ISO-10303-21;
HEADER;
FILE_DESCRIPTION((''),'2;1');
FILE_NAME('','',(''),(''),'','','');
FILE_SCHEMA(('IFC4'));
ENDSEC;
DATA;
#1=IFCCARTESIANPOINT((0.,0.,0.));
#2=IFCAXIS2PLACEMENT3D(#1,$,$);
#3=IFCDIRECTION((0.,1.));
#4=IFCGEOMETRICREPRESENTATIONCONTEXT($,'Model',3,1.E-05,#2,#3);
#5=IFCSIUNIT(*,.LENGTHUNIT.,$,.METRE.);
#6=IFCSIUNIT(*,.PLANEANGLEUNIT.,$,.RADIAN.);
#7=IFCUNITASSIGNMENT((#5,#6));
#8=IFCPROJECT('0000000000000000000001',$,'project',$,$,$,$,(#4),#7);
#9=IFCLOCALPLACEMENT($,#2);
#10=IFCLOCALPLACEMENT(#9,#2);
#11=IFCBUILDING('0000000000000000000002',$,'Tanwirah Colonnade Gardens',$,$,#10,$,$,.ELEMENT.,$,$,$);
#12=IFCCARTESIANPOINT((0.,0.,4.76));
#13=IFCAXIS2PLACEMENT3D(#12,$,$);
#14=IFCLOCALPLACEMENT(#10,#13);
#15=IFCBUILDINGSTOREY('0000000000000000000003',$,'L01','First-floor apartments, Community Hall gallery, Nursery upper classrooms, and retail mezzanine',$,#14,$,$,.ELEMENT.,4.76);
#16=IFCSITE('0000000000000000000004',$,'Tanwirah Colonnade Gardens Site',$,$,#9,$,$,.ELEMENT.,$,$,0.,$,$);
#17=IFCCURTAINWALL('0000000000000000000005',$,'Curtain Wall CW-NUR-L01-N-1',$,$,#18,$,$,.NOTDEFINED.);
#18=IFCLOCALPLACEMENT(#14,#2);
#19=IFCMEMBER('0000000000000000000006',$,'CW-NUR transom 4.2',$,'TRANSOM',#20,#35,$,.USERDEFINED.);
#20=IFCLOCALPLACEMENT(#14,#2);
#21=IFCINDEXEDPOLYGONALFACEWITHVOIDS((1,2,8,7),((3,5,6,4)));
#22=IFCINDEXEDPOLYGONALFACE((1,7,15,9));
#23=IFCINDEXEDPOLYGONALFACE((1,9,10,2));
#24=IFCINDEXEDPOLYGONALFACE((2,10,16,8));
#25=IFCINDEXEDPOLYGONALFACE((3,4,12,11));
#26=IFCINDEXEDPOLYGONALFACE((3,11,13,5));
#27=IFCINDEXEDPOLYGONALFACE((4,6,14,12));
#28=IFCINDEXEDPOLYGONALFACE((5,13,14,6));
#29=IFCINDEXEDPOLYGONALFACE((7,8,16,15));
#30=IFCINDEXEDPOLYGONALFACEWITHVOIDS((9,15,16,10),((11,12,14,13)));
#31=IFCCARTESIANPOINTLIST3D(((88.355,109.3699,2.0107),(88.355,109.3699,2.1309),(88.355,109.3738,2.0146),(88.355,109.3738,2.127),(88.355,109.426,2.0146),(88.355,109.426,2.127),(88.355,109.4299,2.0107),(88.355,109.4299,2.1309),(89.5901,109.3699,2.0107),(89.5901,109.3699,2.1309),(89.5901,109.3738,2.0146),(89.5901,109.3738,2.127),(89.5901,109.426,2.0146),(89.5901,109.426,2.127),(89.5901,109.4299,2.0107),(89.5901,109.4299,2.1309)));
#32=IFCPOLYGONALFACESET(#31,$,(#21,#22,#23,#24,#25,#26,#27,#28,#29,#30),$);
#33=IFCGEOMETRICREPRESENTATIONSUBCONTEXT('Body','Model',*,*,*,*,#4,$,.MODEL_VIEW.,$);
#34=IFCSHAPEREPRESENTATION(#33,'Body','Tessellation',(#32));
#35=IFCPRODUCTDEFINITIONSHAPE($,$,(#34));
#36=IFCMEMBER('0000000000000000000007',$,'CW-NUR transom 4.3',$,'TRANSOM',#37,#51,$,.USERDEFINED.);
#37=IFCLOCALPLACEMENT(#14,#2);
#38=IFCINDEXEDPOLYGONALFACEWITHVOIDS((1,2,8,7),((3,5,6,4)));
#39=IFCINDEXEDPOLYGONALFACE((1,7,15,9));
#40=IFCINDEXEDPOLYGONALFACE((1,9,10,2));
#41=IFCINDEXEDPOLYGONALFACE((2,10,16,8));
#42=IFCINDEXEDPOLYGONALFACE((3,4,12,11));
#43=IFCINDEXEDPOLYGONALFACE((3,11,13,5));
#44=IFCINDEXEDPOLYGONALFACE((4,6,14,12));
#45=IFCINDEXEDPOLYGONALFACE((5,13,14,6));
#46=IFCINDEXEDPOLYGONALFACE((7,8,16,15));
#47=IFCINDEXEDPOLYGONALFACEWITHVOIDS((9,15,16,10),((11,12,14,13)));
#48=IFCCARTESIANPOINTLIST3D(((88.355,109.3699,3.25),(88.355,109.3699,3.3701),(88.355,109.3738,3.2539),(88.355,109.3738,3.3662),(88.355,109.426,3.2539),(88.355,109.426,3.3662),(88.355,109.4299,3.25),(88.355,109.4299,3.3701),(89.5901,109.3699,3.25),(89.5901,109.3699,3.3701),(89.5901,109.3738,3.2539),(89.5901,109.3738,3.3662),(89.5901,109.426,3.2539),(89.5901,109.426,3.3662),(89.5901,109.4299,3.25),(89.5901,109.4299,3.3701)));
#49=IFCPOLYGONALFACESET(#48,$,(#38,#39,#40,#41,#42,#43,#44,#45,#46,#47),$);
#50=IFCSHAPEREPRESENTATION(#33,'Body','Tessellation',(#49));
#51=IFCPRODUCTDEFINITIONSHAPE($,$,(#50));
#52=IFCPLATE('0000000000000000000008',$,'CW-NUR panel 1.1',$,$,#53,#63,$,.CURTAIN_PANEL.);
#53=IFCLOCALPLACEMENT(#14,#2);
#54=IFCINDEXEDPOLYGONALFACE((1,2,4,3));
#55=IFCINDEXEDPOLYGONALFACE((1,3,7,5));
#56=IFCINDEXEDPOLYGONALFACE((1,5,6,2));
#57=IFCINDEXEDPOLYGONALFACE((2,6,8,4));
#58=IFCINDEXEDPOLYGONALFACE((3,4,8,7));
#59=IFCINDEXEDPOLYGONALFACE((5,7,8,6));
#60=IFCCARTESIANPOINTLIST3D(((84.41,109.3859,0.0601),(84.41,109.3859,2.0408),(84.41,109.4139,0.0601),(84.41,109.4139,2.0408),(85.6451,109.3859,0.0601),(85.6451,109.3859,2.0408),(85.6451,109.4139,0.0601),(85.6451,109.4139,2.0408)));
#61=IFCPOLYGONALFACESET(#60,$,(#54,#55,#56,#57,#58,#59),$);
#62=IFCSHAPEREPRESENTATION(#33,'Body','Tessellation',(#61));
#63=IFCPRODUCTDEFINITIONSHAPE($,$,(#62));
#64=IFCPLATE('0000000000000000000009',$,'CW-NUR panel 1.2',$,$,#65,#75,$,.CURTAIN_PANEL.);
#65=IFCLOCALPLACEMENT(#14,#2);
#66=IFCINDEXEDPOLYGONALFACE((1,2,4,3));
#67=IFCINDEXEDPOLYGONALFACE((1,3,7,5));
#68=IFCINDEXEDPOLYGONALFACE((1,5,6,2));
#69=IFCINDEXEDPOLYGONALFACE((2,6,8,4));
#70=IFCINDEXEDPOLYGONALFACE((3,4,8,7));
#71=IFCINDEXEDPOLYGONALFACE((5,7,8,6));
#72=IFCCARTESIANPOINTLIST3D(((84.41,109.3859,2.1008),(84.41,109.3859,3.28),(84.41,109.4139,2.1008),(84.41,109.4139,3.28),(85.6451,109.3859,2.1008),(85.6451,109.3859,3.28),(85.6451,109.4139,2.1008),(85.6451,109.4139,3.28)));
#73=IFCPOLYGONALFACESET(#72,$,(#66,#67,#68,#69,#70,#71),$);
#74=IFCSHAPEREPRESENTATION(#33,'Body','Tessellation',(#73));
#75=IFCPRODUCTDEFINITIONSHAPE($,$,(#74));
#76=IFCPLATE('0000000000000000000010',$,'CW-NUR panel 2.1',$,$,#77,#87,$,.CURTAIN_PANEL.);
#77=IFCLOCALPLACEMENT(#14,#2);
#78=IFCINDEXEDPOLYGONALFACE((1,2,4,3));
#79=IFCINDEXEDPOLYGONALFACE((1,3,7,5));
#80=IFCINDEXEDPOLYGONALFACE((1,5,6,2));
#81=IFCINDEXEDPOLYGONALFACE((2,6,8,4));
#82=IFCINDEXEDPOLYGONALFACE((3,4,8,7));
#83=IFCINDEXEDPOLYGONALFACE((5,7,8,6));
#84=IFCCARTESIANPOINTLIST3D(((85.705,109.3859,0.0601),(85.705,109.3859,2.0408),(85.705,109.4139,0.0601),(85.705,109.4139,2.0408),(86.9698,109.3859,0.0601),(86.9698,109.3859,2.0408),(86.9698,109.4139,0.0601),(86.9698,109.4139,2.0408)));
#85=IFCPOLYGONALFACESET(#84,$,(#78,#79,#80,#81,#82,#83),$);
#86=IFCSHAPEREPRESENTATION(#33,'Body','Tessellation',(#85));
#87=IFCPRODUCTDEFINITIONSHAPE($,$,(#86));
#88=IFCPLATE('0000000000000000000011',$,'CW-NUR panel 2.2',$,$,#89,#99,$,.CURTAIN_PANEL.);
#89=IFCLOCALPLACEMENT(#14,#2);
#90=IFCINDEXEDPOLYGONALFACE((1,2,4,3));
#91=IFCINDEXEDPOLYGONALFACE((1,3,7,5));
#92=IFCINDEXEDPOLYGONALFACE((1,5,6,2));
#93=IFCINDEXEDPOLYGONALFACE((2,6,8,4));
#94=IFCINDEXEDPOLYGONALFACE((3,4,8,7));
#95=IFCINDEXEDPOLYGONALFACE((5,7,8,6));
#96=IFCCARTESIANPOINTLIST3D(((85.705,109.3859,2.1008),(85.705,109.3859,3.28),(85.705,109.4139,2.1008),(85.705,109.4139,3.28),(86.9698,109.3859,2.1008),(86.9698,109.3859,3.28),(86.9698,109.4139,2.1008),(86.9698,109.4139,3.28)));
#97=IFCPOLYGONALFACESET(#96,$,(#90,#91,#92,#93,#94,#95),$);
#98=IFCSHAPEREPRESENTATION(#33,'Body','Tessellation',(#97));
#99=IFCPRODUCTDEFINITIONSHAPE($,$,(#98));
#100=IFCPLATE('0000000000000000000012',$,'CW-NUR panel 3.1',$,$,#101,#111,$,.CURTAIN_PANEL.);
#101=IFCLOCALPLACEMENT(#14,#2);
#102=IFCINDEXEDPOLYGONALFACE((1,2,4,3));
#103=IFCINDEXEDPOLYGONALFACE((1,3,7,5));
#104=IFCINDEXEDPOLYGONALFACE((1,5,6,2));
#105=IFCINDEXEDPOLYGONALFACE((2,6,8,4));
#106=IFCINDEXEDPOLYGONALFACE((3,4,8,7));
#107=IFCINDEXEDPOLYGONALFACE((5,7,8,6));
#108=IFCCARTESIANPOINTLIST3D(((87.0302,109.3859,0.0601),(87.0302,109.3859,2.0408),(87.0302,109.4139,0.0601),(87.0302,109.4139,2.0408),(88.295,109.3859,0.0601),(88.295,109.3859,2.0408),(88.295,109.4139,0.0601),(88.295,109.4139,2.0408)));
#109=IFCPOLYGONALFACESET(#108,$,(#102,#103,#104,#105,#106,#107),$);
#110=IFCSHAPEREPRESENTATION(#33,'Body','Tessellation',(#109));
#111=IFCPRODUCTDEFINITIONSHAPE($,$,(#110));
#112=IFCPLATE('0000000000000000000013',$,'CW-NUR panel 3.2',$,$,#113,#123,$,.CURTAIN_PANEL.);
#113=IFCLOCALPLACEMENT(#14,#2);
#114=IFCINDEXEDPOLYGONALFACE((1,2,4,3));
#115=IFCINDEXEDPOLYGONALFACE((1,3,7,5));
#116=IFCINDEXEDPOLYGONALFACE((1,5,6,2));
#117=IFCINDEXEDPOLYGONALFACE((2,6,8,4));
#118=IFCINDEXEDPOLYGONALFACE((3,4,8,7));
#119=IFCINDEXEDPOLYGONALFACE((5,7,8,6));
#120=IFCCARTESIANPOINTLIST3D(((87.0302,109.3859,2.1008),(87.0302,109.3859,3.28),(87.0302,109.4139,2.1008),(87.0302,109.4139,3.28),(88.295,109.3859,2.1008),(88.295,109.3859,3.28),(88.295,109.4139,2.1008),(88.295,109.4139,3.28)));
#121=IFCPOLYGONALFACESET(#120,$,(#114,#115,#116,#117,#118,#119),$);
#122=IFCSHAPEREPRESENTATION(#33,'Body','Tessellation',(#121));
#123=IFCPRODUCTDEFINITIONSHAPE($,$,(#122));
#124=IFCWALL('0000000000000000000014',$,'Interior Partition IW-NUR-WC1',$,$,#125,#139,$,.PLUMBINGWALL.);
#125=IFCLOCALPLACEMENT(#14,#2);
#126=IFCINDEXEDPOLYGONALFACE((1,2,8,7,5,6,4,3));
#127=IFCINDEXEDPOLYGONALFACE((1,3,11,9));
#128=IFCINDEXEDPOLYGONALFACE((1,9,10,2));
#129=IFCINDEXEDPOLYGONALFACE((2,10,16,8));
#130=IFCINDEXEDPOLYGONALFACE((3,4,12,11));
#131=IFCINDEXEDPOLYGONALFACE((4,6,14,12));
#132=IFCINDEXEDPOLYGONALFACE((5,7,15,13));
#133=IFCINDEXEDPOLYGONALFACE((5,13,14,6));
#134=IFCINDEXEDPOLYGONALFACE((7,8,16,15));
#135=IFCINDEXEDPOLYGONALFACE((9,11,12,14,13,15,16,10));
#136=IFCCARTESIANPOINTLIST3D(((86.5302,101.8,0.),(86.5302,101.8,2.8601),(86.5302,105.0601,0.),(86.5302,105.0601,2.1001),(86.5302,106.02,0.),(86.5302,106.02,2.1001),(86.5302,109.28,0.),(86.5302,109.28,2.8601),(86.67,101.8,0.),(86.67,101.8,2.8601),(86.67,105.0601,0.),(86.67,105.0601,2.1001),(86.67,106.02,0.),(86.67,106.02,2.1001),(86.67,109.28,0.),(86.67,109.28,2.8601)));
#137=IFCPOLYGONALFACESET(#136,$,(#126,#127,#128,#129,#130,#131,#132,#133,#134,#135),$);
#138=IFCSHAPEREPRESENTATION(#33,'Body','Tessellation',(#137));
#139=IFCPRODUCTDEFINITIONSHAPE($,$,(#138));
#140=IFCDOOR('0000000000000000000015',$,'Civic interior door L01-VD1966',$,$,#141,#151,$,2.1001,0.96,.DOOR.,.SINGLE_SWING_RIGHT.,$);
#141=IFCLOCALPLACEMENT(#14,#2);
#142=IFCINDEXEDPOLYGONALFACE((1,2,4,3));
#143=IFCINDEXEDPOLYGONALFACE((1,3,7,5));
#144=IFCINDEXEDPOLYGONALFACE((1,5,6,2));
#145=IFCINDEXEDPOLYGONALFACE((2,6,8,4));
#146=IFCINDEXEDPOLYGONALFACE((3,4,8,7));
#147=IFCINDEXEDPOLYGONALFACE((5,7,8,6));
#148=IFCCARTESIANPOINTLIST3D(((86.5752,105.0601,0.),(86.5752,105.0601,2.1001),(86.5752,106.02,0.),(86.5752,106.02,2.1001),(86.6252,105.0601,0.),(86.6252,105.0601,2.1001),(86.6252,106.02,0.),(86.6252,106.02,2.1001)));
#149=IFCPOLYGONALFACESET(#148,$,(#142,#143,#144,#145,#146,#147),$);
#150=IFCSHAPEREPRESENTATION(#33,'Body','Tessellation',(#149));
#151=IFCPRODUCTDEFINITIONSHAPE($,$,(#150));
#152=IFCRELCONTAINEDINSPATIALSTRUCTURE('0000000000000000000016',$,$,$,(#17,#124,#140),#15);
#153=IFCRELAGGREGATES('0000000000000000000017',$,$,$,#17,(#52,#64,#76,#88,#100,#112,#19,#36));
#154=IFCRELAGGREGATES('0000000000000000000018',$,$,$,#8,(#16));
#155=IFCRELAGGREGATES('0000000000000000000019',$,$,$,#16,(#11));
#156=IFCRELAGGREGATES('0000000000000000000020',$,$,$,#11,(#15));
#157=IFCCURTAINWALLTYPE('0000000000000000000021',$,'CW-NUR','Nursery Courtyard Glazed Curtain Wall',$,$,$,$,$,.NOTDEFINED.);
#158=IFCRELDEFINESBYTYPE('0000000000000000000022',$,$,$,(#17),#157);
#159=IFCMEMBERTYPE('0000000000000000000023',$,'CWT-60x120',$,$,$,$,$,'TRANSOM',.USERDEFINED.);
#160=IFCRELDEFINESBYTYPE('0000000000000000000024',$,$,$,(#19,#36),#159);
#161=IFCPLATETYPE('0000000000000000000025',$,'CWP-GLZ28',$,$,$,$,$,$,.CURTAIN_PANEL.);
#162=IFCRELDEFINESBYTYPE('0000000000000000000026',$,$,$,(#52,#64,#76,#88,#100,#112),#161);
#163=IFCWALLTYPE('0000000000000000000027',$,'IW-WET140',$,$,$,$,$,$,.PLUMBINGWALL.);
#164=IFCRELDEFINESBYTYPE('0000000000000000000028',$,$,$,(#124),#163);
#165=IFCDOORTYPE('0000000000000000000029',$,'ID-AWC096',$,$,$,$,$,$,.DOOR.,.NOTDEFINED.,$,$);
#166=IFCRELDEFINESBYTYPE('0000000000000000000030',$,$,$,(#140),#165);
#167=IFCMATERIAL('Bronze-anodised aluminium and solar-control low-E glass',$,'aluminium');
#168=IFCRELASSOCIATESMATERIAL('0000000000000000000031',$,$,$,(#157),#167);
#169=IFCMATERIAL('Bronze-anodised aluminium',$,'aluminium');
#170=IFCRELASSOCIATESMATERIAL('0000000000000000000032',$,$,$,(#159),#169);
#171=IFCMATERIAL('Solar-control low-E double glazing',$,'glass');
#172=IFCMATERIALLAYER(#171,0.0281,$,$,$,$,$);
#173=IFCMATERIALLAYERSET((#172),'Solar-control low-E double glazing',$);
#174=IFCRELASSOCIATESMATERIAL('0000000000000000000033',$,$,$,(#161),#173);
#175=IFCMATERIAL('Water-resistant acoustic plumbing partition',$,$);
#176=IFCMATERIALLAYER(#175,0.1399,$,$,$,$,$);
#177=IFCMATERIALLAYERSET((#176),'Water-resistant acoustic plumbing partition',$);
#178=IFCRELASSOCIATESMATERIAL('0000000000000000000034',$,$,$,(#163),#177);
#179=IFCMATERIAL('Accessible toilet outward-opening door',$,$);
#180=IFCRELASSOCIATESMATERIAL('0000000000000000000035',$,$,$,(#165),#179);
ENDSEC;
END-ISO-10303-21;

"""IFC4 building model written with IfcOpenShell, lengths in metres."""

from ifc_helpers import new_model, si_unit, direction, frame, frame_2d, origin, origin_2d, place, context, subcontext, project, spatial, rectangle, hollow_rectangle, extrude, material, layer, layer_set, material_profile, profile_set, type_object, element, fill, aggregate, save


model = new_model("IFC4")

# Units and contexts
model_context = context("Model", 3, precision=1e-05, world=origin(), true_north=direction((0.0, 1.0)))
body_context = subcontext(model_context, "Body", "Model", "MODEL_VIEW")
ifc_project = project(units=[si_unit("LENGTHUNIT", "METRE"), si_unit("PLANEANGLEUNIT", "RADIAN")], contexts=[model_context])

# Site, building, storey
site_placement = place(None, origin())
site = spatial("IfcSite", under=ifc_project, at=site_placement, Name="Tanwirah Colonnade Gardens Site", CompositionType="ELEMENT", RefElevation=0.0)
building_placement = place(site_placement, origin())
building = spatial("IfcBuilding", under=site, at=building_placement, Name="Tanwirah Colonnade Gardens", CompositionType="ELEMENT")
storey_placement = place(building_placement, frame((0.0, 0.0, 4.76)))
storey = spatial("IfcBuildingStorey", under=building, at=storey_placement, Name="L01", Description="First-floor apartments, Community Hall gallery, Nursery upper classrooms, and retail mezzanine", CompositionType="ELEMENT", Elevation=4.76)

# Curtain wall, members, plates
ifc_material_1 = material(Name="Bronze-anodised aluminium and solar-control low-E glass", Category="aluminium")
curtain_wall_type = type_object("IfcCurtainWallType", Name="CW-NUR", Description="Nursery Courtyard Glazed Curtain Wall", PredefinedType="NOTDEFINED", material=ifc_material_1)
curtain_wall_placement = place(storey_placement, origin())
curtain_wall = element("IfcCurtainWall", 1, at=curtain_wall_placement, inside=storey, type_object=curtain_wall_type, Name="Curtain Wall CW-NUR-L01-N-1", PredefinedType="NOTDEFINED")
ifc_material_2 = material(Name="Bronze-anodised aluminium", Category="aluminium")
ifc_material_profile_1 = material_profile(ifc_material_2, hollow_rectangle(XDim=0.0601, YDim=0.1201, WallThickness=0.0039, at=origin_2d()), Name="CW-TRN 60x120x4")
ifc_profile_set_1 = profile_set([ifc_material_profile_1], Name="Bronze-anodised aluminium")
member_type_1 = type_object("IfcMemberType", Name="CWT-60x120", ElementType="TRANSOM", PredefinedType="USERDEFINED", material=ifc_profile_set_1)
member_1_placement = place(storey_placement, frame((88.355, 109.3999, 2.0708), z_axis=(1.0, 0.0, 0.0), x_axis=(0.0, 1.0, 0.0)))
member_1 = element("IfcMember", 2, at=member_1_placement, type_object=member_type_1, Name="CW-NUR transom 4.2", ObjectType="TRANSOM", PredefinedType="USERDEFINED", context=body_context, shape_type="SweptSolid", body=[
    extrude(hollow_rectangle(XDim=0.0601, YDim=0.1201, WallThickness=0.0039, at=origin_2d()), origin(), (0.0, 0.0, 1.0), 1.2351),
])
member_2_placement = place(storey_placement, frame((88.355, 109.3999, 3.3101), z_axis=(1.0, 0.0, 0.0), x_axis=(0.0, 1.0, 0.0)))
member_2 = element("IfcMember", 3, at=member_2_placement, type_object=member_type_1, Name="CW-NUR transom 4.3", ObjectType="TRANSOM", PredefinedType="USERDEFINED", context=body_context, shape_type="SweptSolid", body=[
    extrude(hollow_rectangle(XDim=0.0601, YDim=0.1201, WallThickness=0.0039, at=origin_2d()), origin(), (0.0, 0.0, 1.0), 1.2351),
])
ifc_material_3 = material(Name="Solar-control low-E double glazing", Category="glass")
ifc_layer_1 = layer(ifc_material_3, 0.0281)
ifc_layer_set_1 = layer_set([ifc_layer_1], Name="Solar-control low-E double glazing")
plate_type = type_object("IfcPlateType", Name="CWP-GLZ28", PredefinedType="CURTAIN_PANEL", material=ifc_layer_set_1)
plate_1_placement = place(storey_placement, frame((85.0276, 109.3999, 0.0601), z_axis=(0.0, 0.0, 1.0), x_axis=(1.0, 0.0, 0.0)))
plate_1 = element("IfcPlate", 4, at=plate_1_placement, type_object=plate_type, Name="CW-NUR panel 1.1", PredefinedType="CURTAIN_PANEL", context=body_context, shape_type="SweptSolid", body=[
    extrude(rectangle(XDim=1.2351, YDim=0.0281, at=origin_2d()), origin(), (0.0, 0.0, 1.0), 1.9807),
])
plate_2_placement = place(storey_placement, frame((85.0276, 109.3999, 2.1008), z_axis=(0.0, 0.0, 1.0), x_axis=(1.0, 0.0, 0.0)))
plate_2 = element("IfcPlate", 5, at=plate_2_placement, type_object=plate_type, Name="CW-NUR panel 1.2", PredefinedType="CURTAIN_PANEL", context=body_context, shape_type="SweptSolid", body=[
    extrude(rectangle(XDim=1.2351, YDim=0.0281, at=origin_2d()), origin(), (0.0, 0.0, 1.0), 1.1792),
])
plate_3_placement = place(storey_placement, frame((86.3374, 109.3999, 0.0601), z_axis=(0.0, 0.0, 1.0), x_axis=(1.0, 0.0, 0.0)))
plate_3 = element("IfcPlate", 6, at=plate_3_placement, type_object=plate_type, Name="CW-NUR panel 2.1", PredefinedType="CURTAIN_PANEL", context=body_context, shape_type="SweptSolid", body=[
    extrude(rectangle(XDim=1.2649, YDim=0.0281, at=origin_2d()), origin(), (0.0, 0.0, 1.0), 1.9807),
])
plate_4_placement = place(storey_placement, frame((86.3374, 109.3999, 2.1008), z_axis=(0.0, 0.0, 1.0), x_axis=(1.0, 0.0, 0.0)))
plate_4 = element("IfcPlate", 7, at=plate_4_placement, type_object=plate_type, Name="CW-NUR panel 2.2", PredefinedType="CURTAIN_PANEL", context=body_context, shape_type="SweptSolid", body=[
    extrude(rectangle(XDim=1.2649, YDim=0.0281, at=origin_2d()), origin(), (0.0, 0.0, 1.0), 1.1792),
])
plate_5_placement = place(storey_placement, frame((87.6626, 109.3999, 0.0601), z_axis=(0.0, 0.0, 1.0), x_axis=(1.0, 0.0, 0.0)))
plate_5 = element("IfcPlate", 8, at=plate_5_placement, type_object=plate_type, Name="CW-NUR panel 3.1", PredefinedType="CURTAIN_PANEL", context=body_context, shape_type="SweptSolid", body=[
    extrude(rectangle(XDim=1.2649, YDim=0.0281, at=origin_2d()), origin(), (0.0, 0.0, 1.0), 1.9807),
])
plate_6_placement = place(storey_placement, frame((87.6626, 109.3999, 2.1008), z_axis=(0.0, 0.0, 1.0), x_axis=(1.0, 0.0, 0.0)))
plate_6 = element("IfcPlate", 9, at=plate_6_placement, type_object=plate_type, Name="CW-NUR panel 3.2", PredefinedType="CURTAIN_PANEL", context=body_context, shape_type="SweptSolid", body=[
    extrude(rectangle(XDim=1.2649, YDim=0.0281, at=origin_2d()), origin(), (0.0, 0.0, 1.0), 1.1792),
])
aggregate(curtain_wall, [plate_1, plate_2, plate_3, plate_4, plate_5, plate_6, member_1, member_2])

# Wall, opening, door
ifc_material_4 = material(Name="Water-resistant acoustic plumbing partition")
ifc_layer_2 = layer(ifc_material_4, 0.1399)
ifc_layer_set_2 = layer_set([ifc_layer_2], Name="Water-resistant acoustic plumbing partition")
wall_type = type_object("IfcWallType", Name="IW-WET140", PredefinedType="PLUMBINGWALL", material=ifc_layer_set_2)
wall_placement = place(storey_placement, frame((86.6001, 101.8, 0.0), z_axis=(0.0, 0.0, 1.0), x_axis=(0.0, 1.0, 0.0)))
wall = element("IfcWall", 10, at=wall_placement, inside=storey, type_object=wall_type, Name="Interior Partition IW-NUR-WC1", PredefinedType="PLUMBINGWALL", context=body_context, shape_type="SweptSolid", body=[
    extrude(rectangle(XDim=7.48, YDim=0.1399, at=frame_2d((3.74, 0.0))), origin(), (0.0, 0.0, 1.0), 2.8601),
])
opening_placement = place(wall_placement, frame((3.26, 0.0, 0.0)))
opening = element("IfcOpeningElement", 11, at=opening_placement, cuts=wall, PredefinedType="OPENING", context=body_context, shape_type="SweptSolid", body=[
    extrude(rectangle(XDim=0.96, YDim=2.1001, at=frame_2d((0.48, 1.05))), frame((0.0, 0.0798, 0.0), z_axis=(0.0, -1.0, 0.0), x_axis=(1.0, 0.0, 0.0)), (0.0, 0.0, 1.0), 0.1599),
])
ifc_material_5 = material(Name="Accessible toilet outward-opening door")
door_type = type_object("IfcDoorType", Name="ID-AWC096", OperationType="NOTDEFINED", PredefinedType="DOOR", material=ifc_material_5)
door_placement = place(opening_placement, origin())
door = element("IfcDoor", 12, at=door_placement, inside=storey, type_object=door_type, Name="Civic interior door L01-VD1966", OperationType="SINGLE_SWING_RIGHT", OverallHeight=2.1001, OverallWidth=0.96, PredefinedType="DOOR", context=body_context, shape_type="SweptSolid", body=[
    extrude(rectangle(XDim=0.96, YDim=2.1001, at=frame_2d((0.48, 1.05))), frame((0.0, 0.0249, 0.0), z_axis=(0.0, -1.0, 0.0), x_axis=(1.0, 0.0, 0.0)), (0.0, 0.0, 1.0), 0.05),
])
fill(opening, door)

save(model, "model.ifc")
